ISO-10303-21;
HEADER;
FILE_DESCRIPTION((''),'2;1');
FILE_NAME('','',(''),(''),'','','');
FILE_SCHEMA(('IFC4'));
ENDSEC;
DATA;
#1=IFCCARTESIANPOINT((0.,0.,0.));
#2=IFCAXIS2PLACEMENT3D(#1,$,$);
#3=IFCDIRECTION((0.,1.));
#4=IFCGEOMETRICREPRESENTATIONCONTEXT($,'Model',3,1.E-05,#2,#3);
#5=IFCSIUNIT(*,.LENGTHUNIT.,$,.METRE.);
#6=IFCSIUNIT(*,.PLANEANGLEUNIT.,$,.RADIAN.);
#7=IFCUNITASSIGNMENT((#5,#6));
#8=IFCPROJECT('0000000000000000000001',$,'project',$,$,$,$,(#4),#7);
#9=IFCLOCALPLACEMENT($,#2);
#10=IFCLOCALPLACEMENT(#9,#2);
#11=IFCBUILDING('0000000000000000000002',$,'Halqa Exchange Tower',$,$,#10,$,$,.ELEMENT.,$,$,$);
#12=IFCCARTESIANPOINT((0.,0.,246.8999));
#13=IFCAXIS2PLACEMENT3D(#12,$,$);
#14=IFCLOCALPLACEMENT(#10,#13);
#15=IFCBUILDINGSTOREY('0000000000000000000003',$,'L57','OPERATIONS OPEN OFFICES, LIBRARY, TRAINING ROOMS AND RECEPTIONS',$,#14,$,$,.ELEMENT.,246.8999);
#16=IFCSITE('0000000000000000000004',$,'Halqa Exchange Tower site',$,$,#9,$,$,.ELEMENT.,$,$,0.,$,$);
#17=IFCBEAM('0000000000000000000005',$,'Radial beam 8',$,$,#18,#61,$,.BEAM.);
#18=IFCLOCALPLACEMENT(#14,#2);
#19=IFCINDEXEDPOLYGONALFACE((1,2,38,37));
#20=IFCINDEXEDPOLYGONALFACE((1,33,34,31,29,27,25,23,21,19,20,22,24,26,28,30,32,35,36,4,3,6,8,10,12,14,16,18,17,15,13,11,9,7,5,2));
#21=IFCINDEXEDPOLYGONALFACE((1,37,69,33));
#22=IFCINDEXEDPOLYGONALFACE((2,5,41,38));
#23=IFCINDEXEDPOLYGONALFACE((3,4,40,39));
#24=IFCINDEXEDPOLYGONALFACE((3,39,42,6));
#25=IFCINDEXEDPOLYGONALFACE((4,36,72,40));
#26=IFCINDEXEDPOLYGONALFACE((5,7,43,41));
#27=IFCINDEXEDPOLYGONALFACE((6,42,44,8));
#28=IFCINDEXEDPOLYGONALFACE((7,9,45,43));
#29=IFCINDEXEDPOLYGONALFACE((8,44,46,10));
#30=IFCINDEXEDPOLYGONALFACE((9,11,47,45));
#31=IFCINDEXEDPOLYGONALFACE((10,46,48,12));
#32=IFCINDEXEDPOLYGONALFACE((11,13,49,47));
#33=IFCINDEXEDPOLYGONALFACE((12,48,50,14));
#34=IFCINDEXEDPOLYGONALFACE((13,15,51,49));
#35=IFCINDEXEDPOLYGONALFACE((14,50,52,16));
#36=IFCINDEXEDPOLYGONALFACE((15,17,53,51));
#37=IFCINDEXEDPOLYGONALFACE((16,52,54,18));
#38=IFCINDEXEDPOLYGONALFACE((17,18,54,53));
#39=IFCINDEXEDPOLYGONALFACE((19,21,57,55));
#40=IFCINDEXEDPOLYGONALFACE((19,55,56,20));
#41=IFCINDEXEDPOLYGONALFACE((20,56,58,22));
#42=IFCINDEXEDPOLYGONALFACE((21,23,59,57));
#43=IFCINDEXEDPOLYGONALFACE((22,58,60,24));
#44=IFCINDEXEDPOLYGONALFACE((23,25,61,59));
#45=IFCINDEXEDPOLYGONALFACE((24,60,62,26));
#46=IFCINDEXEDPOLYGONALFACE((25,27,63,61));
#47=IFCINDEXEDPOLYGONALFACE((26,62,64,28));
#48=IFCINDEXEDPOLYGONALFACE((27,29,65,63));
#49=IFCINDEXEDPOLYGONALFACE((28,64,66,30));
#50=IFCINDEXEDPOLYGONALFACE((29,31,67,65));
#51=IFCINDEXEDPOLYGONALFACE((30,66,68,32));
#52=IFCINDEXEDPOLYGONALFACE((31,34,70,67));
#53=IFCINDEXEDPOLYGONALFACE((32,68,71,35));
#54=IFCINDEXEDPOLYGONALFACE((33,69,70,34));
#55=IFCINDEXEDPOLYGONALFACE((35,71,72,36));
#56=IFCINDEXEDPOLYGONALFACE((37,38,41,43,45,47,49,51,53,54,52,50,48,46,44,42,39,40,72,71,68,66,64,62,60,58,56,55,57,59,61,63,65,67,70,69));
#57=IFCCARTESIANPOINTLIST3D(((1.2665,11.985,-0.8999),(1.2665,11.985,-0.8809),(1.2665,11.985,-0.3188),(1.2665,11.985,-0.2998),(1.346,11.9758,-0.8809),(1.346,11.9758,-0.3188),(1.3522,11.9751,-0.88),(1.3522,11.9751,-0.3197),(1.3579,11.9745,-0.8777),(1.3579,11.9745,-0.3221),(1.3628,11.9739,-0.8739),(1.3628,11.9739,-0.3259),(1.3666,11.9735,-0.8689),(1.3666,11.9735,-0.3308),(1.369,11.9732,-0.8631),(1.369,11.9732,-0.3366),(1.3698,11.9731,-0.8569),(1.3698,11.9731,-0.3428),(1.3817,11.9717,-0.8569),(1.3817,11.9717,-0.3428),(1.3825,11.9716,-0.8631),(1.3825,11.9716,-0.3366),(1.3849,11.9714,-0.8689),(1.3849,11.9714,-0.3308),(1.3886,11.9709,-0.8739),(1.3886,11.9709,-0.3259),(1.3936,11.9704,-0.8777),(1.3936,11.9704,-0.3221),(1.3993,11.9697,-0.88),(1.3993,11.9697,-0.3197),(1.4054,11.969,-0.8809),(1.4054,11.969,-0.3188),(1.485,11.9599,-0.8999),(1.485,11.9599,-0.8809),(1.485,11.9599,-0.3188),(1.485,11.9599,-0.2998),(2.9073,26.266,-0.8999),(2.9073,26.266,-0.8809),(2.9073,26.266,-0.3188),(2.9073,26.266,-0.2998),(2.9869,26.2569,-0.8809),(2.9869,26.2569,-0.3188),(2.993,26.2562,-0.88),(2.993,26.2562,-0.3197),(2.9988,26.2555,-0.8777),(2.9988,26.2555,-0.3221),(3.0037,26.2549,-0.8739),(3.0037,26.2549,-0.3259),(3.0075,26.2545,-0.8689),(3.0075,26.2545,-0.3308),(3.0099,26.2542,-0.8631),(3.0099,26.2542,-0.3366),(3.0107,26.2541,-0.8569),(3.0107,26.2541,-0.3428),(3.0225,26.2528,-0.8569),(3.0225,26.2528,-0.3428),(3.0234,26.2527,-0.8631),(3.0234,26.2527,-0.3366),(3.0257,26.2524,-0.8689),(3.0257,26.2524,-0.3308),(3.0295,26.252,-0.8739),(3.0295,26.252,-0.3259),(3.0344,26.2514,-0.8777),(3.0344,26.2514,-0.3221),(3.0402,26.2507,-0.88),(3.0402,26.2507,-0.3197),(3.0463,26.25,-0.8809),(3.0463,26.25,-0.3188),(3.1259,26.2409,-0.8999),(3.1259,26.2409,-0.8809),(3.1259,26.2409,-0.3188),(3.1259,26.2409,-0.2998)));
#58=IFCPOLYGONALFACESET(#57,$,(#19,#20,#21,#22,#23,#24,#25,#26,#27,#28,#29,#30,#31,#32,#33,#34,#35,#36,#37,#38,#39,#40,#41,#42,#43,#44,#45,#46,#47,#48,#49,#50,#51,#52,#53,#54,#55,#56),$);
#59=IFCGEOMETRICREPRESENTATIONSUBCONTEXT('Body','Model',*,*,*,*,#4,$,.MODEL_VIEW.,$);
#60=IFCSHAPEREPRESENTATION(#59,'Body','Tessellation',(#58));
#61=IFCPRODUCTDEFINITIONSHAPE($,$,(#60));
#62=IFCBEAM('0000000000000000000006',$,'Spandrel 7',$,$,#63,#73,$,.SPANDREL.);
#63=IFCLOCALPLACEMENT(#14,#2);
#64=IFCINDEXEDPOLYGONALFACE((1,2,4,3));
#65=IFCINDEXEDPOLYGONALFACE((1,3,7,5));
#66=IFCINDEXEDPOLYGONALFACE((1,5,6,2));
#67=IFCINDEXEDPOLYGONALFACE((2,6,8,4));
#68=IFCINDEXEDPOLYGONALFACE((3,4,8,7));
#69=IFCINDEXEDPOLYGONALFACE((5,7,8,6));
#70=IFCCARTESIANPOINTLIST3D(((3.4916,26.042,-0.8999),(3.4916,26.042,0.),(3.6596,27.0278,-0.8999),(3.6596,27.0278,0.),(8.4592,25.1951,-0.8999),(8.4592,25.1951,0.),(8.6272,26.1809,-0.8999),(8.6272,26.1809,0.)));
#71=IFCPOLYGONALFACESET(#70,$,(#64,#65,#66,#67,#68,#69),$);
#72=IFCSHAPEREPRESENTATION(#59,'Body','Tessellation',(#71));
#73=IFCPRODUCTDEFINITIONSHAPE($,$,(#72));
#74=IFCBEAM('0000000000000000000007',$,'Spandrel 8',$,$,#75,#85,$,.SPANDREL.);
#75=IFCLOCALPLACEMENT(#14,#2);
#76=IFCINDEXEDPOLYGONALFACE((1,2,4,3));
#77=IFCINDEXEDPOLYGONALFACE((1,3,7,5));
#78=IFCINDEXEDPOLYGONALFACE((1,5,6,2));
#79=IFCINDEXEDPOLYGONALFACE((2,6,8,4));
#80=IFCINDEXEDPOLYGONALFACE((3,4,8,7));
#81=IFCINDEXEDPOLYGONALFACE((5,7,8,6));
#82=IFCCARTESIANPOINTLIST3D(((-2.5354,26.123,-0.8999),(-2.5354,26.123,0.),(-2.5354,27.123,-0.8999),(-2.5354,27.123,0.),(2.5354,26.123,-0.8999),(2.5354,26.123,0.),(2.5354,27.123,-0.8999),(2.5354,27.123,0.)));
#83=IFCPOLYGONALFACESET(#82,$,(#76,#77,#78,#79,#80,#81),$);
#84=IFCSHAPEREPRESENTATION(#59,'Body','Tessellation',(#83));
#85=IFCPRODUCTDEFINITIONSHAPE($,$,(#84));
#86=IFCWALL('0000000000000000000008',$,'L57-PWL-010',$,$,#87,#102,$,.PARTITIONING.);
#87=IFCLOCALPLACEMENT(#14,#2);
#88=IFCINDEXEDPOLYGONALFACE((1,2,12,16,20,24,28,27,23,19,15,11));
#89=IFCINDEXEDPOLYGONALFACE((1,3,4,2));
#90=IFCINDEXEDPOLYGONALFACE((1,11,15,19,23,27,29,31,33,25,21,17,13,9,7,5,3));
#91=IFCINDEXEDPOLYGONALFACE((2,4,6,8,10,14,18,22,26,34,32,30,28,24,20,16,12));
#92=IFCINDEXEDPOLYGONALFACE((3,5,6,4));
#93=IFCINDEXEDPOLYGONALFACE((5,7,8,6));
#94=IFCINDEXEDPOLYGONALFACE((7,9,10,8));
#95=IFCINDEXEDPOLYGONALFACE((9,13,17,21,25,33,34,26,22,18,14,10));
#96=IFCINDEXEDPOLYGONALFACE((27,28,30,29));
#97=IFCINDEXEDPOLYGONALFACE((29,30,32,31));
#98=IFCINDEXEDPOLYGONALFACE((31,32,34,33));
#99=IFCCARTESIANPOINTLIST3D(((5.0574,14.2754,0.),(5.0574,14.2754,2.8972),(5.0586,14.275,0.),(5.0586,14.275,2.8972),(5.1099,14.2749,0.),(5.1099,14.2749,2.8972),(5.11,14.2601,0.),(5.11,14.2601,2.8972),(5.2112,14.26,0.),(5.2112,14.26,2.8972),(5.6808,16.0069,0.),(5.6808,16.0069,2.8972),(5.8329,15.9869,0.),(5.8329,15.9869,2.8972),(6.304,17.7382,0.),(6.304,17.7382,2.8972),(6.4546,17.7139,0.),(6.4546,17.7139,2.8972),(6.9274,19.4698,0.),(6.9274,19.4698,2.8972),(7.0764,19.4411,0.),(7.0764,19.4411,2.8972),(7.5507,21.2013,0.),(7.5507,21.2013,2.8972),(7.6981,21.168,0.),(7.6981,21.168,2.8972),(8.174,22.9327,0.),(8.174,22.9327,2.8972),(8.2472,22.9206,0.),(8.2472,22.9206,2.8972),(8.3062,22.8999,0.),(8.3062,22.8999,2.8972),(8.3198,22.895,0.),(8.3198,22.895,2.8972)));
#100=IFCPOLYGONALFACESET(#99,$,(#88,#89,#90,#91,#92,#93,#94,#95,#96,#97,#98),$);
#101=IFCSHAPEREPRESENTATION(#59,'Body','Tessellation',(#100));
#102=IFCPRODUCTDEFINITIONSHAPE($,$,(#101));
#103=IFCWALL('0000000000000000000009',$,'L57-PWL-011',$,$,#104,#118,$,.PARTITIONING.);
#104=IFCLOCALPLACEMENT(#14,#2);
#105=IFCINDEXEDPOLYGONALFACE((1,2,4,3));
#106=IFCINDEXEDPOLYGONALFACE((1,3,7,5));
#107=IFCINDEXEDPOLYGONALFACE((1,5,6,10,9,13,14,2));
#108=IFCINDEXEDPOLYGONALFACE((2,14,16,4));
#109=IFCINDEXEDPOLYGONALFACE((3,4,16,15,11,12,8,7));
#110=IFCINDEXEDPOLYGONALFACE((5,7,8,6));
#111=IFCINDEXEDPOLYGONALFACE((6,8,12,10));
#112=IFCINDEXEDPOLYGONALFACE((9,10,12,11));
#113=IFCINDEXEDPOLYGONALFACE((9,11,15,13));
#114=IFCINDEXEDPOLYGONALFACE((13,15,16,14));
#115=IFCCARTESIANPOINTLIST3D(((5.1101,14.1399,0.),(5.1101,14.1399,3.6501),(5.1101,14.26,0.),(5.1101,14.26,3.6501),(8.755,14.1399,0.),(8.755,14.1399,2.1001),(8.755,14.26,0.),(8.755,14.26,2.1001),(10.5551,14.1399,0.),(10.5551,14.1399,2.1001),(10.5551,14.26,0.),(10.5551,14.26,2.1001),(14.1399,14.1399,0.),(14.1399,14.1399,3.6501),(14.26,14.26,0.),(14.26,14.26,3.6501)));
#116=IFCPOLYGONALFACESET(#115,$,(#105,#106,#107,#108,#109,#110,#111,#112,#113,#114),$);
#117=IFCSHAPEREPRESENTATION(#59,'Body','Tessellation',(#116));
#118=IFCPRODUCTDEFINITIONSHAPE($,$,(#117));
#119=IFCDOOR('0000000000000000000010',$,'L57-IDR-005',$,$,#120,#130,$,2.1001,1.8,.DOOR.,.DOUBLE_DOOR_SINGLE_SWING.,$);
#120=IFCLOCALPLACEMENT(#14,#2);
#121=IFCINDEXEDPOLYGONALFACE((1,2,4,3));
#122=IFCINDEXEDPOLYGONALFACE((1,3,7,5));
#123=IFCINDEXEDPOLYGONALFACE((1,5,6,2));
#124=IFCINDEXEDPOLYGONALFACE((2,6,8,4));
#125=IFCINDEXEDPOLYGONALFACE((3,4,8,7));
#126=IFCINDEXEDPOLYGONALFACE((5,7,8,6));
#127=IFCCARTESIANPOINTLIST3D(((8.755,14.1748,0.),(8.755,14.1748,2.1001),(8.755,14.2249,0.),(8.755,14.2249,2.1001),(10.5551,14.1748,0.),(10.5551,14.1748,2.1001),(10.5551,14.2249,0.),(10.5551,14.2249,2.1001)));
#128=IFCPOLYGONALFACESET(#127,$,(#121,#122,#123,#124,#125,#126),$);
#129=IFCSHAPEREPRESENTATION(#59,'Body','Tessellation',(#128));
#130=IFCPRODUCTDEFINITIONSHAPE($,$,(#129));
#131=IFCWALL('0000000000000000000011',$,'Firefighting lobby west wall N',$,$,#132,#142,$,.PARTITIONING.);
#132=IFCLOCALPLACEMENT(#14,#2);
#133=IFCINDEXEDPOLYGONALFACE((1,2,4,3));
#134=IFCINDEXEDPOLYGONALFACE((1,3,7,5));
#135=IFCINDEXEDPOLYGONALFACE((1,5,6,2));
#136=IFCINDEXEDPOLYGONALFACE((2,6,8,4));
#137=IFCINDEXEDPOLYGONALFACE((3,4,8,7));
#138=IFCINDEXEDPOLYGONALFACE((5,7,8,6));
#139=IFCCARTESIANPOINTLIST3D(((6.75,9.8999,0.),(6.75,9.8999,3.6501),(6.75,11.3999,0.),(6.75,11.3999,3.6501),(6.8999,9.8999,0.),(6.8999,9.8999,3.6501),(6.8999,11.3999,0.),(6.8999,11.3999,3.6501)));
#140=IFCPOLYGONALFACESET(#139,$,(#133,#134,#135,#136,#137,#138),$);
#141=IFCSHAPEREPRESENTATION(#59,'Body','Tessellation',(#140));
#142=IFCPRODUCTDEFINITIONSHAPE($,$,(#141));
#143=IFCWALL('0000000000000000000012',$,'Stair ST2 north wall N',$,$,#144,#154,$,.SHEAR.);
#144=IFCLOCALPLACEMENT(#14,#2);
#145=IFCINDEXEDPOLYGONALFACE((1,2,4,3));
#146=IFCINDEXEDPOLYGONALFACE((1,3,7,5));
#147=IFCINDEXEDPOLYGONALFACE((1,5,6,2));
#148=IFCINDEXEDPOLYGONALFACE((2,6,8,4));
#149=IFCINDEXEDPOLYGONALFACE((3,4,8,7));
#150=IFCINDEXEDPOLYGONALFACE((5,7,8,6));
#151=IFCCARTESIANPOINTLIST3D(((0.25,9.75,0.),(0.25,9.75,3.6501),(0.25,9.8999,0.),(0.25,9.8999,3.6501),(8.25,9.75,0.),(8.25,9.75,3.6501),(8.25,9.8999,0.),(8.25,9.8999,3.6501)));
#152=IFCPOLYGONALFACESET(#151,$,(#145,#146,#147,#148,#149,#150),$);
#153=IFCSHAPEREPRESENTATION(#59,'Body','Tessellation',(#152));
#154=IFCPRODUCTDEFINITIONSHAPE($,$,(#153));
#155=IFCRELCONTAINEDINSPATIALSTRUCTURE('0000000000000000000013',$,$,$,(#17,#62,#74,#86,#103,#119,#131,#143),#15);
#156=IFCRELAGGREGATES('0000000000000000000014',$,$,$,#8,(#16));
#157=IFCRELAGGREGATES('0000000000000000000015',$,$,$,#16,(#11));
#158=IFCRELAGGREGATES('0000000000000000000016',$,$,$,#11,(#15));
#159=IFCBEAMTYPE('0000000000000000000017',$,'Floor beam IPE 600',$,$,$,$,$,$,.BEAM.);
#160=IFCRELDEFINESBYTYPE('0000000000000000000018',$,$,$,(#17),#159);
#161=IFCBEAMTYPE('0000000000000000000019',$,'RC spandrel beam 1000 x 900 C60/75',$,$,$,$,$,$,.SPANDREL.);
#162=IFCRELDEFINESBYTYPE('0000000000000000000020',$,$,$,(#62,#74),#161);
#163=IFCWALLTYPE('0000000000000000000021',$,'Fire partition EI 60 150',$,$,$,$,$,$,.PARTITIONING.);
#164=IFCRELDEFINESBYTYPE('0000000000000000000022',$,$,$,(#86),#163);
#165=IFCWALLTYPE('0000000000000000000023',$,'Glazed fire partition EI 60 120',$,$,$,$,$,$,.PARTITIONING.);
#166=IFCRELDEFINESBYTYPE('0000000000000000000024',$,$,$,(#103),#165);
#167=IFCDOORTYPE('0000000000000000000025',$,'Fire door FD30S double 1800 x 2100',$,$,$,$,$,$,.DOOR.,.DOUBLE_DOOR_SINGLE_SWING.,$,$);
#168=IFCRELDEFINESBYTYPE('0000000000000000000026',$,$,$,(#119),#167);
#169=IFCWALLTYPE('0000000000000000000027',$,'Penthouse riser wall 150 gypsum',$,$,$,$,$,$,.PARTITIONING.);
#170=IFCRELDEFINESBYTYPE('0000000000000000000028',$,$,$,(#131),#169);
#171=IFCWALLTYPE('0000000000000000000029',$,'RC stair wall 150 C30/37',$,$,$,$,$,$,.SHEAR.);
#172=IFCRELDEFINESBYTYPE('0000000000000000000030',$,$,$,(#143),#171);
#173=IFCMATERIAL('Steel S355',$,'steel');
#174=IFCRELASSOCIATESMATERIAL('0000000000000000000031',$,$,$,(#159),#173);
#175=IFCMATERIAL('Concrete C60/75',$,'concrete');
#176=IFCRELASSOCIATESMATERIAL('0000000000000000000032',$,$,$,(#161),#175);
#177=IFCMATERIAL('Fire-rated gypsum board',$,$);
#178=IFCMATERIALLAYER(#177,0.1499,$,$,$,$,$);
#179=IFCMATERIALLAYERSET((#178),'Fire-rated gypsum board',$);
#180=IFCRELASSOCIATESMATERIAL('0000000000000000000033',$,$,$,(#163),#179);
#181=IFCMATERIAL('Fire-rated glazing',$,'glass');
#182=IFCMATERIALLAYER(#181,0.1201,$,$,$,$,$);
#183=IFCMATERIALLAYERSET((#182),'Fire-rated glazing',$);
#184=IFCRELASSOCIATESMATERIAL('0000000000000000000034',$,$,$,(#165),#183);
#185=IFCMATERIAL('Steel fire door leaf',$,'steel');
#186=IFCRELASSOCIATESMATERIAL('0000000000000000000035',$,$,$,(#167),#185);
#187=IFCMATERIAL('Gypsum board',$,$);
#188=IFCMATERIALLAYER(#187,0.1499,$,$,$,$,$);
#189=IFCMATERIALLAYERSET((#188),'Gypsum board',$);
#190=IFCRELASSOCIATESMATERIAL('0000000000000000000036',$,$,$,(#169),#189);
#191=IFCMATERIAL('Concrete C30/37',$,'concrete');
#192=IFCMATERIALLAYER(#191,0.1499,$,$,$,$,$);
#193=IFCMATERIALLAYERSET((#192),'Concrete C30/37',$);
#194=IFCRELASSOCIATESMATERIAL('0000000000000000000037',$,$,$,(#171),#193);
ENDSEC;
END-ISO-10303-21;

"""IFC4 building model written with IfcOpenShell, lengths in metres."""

from ifc_helpers import new_model, si_unit, direction, frame, frame_2d, origin, origin_2d, place, context, subcontext, project, spatial, polyline, rectangle, i_section, outline, extrude, material, layer, layer_set, material_profile, profile_set, type_object, element, fill, save


model = new_model("IFC4")

# Units and contexts
model_context = context("Model", 3, precision=1e-05, world=origin(), true_north=direction((0.0, 1.0)))
body_context = subcontext(model_context, "Body", "Model", "MODEL_VIEW")
ifc_project = project(units=[si_unit("LENGTHUNIT", "METRE"), si_unit("PLANEANGLEUNIT", "RADIAN")], contexts=[model_context])

# Site, building, storey
site_placement = place(None, origin())
site = spatial("IfcSite", under=ifc_project, at=site_placement, Name="Halqa Exchange Tower site", CompositionType="ELEMENT", RefElevation=0.0)
building_placement = place(site_placement, origin())
building = spatial("IfcBuilding", under=site, at=building_placement, Name="Halqa Exchange Tower", CompositionType="ELEMENT")
storey_placement = place(building_placement, frame((0.0, 0.0, 246.8999)))
storey = spatial("IfcBuildingStorey", under=building, at=storey_placement, Name="L57", Description="OPERATIONS OPEN OFFICES, LIBRARY, TRAINING ROOMS AND RECEPTIONS", CompositionType="ELEMENT", Elevation=246.8999)

# Shared definitions
ifc_material_1 = material(Name="Concrete C60/75", Category="concrete")

# Beams
ifc_material_2 = material(Name="Steel S355", Category="steel")
ifc_material_profile_1 = material_profile(ifc_material_2, i_section(OverallWidth=0.22, OverallDepth=0.6001, WebThickness=0.012, FlangeThickness=0.019, FilletRadius=0.0239, at=origin_2d()), Name="IPE 600")
ifc_profile_set_1 = profile_set([ifc_material_profile_1], Name="Steel S355")
beam_type_1 = type_object("IfcBeamType", Name="Floor beam IPE 600", PredefinedType="BEAM", material=ifc_profile_set_1)
beam_1_placement = place(storey_placement, frame((1.3757, 11.9724, -0.5999), z_axis=(0.114148, 0.993464, 0.0), x_axis=(-0.993464, 0.114148, 0.0)))
element("IfcBeam", 1, at=beam_1_placement, inside=storey, type_object=beam_type_1, Name="Radial beam 8", PredefinedType="BEAM", context=body_context, shape_type="SweptSolid", body=[
    extrude(i_section(OverallWidth=0.22, OverallDepth=0.6001, WebThickness=0.012, FlangeThickness=0.019, FilletRadius=0.0239, at=origin_2d()), origin(), (0.0, 0.0, 1.0), 14.375),
])
ifc_material_profile_2 = material_profile(ifc_material_1, rectangle(XDim=1.0, YDim=0.8999, at=origin_2d()), Name="1000 x 900")
ifc_profile_set_2 = profile_set([ifc_material_profile_2], Name="Concrete C60/75")
beam_type_2 = type_object("IfcBeamType", Name="RC spandrel beam 1000 x 900 C60/75", PredefinedType="SPANDREL", material=ifc_profile_set_2)
beam_2_placement = place(storey_placement, frame((8.5432, 25.688, -0.45), z_axis=(-0.985776, 0.168067, 0.0), x_axis=(-0.168067, -0.985776, 0.0)))
element("IfcBeam", 2, at=beam_2_placement, inside=storey, type_object=beam_type_2, Name="Spandrel 7", PredefinedType="SPANDREL", context=body_context, shape_type="SweptSolid", body=[
    extrude(rectangle(XDim=1.0, YDim=0.8999, at=origin_2d()), origin(), (0.0, 0.0, 1.0), 5.0393),
])
beam_3_placement = place(storey_placement, frame((2.5354, 26.623, -0.45), z_axis=(-1.0, 0.0, 0.0), x_axis=(0.0, -1.0, 0.0)))
element("IfcBeam", 3, at=beam_3_placement, inside=storey, type_object=beam_type_2, Name="Spandrel 8", PredefinedType="SPANDREL", context=body_context, shape_type="SweptSolid", body=[
    extrude(rectangle(XDim=1.0, YDim=0.8999, at=origin_2d()), origin(), (0.0, 0.0, 1.0), 5.0708),
])

# Wall
ifc_material_3 = material(Name="Fire-rated gypsum board")
ifc_layer_1 = layer(ifc_material_3, 0.1499)
ifc_layer_set_1 = layer_set([ifc_layer_1], Name="Fire-rated gypsum board")
wall_type_1 = type_object("IfcWallType", Name="Fire partition EI 60 150", PredefinedType="PARTITIONING", material=ifc_layer_set_1)
wall_1_placement = place(storey_placement, frame((5.1279, 14.25, 0.0), z_axis=(0.0, 0.0, 1.0), x_axis=(0.338719, 0.940888, 0.0)))
element("IfcWall", 4, at=wall_1_placement, inside=storey, type_object=wall_type_1, Name="L57-PWL-010", PredefinedType="PARTITIONING", context=body_context, shape_type="SweptSolid", body=[
    extrude(outline(polyline([(9.2151, -0.075), (9.2151, -0.0605), (9.2146, 0.002), (9.2012, 0.075), (7.3611, 0.075), (5.5208, 0.075), (3.6804, 0.075), (1.8403, 0.075), (0.0, 0.075), (0.0, 0.0737), (0.0173, 0.0254), (0.0034, 0.0203), (0.0376, -0.075), (1.873, -0.075), (3.7085, -0.075), (5.5442, -0.075), (7.3796, -0.075), (9.2151, -0.075)])), origin(), (0.0, 0.0, 1.0), 2.8972),
])

# Wall, opening, door
ifc_material_4 = material(Name="Fire-rated glazing", Category="glass")
ifc_layer_2 = layer(ifc_material_4, 0.1201)
ifc_layer_set_2 = layer_set([ifc_layer_2], Name="Fire-rated glazing")
wall_type_2 = type_object("IfcWallType", Name="Glazed fire partition EI 60 120", PredefinedType="PARTITIONING", material=ifc_layer_set_2)
wall_2_placement = place(storey_placement, frame((5.1101, 14.2, 0.0), z_axis=(0.0, 0.0, 1.0), x_axis=(1.0, 0.0, 0.0)))
wall_2 = element("IfcWall", 5, at=wall_2_placement, inside=storey, type_object=wall_type_2, Name="L57-PWL-011", PredefinedType="PARTITIONING", context=body_context, shape_type="SweptSolid", body=[
    extrude(outline(polyline([(0.0, -0.0601), (1.8059, -0.0601), (3.6118, -0.0601), (5.418, -0.0601), (7.2239, -0.0601), (9.0298, -0.0601), (9.1499, 0.0601), (7.3198, 0.0601), (5.49, 0.0601), (3.6599, 0.0601), (1.8301, 0.0601), (0.0, 0.0601), (0.0, -0.0601)])), origin(), (0.0, 0.0, 1.0), 3.6501),
])
opening_1_placement = place(wall_2_placement, frame((3.645, 0.0, 0.0)))
opening_1 = element("IfcOpeningElement", 6, at=opening_1_placement, cuts=wall_2, PredefinedType="OPENING", context=body_context, shape_type="SweptSolid", body=[
    extrude(rectangle(XDim=1.8, YDim=2.1001, at=frame_2d((0.8999, 1.05))), frame((0.0, 0.072, 0.0), z_axis=(0.0, -1.0, 0.0), x_axis=(1.0, 0.0, 0.0)), (0.0, 0.0, 1.0), 0.144),
])
ifc_material_5 = material(Name="Steel fire door leaf", Category="steel")
door_type_1 = type_object("IfcDoorType", Name="Fire door FD30S double 1800 x 2100", OperationType="DOUBLE_DOOR_SINGLE_SWING", PredefinedType="DOOR", material=ifc_material_5)
door_1_placement = place(opening_1_placement, origin())
door_1 = element("IfcDoor", 7, at=door_1_placement, inside=storey, type_object=door_type_1, Name="L57-IDR-005", OperationType="DOUBLE_DOOR_SINGLE_SWING", OverallHeight=2.1001, OverallWidth=1.8, PredefinedType="DOOR", context=body_context, shape_type="SweptSolid", body=[
    extrude(rectangle(XDim=1.8, YDim=2.1001, at=frame_2d((0.8999, 1.05))), frame((0.0, 0.0249, 0.0), z_axis=(0.0, -1.0, 0.0), x_axis=(1.0, 0.0, 0.0)), (0.0, 0.0, 1.0), 0.05),
])
fill(opening_1, door_1)

# Walls
ifc_material_6 = material(Name="Gypsum board")
ifc_layer_3 = layer(ifc_material_6, 0.1499)
ifc_layer_set_3 = layer_set([ifc_layer_3], Name="Gypsum board")
wall_type_3 = type_object("IfcWallType", Name="Penthouse riser wall 150 gypsum", PredefinedType="PARTITIONING", material=ifc_layer_set_3)
wall_3_placement = place(storey_placement, frame((6.825, 9.8999, 0.0), z_axis=(0.0, 0.0, 1.0), x_axis=(0.0, 1.0, 0.0)))
element("IfcWall", 8, at=wall_3_placement, inside=storey, type_object=wall_type_3, Name="Firefighting lobby west wall N", PredefinedType="PARTITIONING", context=body_context, shape_type="SweptSolid", body=[
    extrude(rectangle(XDim=1.5, YDim=0.1499, at=frame_2d((0.75, 0.0))), origin(), (0.0, 0.0, 1.0), 3.6501),
])
ifc_material_7 = material(Name="Concrete C30/37", Category="concrete")
ifc_layer_4 = layer(ifc_material_7, 0.1499)
ifc_layer_set_4 = layer_set([ifc_layer_4], Name="Concrete C30/37")
wall_type_4 = type_object("IfcWallType", Name="RC stair wall 150 C30/37", PredefinedType="SHEAR", material=ifc_layer_set_4)
wall_4_placement = place(storey_placement, frame((0.25, 9.825, 0.0), z_axis=(0.0, 0.0, 1.0), x_axis=(1.0, 0.0, 0.0)))
element("IfcWall", 9, at=wall_4_placement, inside=storey, type_object=wall_type_4, Name="Stair ST2 north wall N", PredefinedType="SHEAR", context=body_context, shape_type="SweptSolid", body=[
    extrude(rectangle(XDim=8.0, YDim=0.1499, at=frame_2d((4.0, 0.0))), origin(), (0.0, 0.0, 1.0), 3.6501),
])

save(model, "model.ifc")
